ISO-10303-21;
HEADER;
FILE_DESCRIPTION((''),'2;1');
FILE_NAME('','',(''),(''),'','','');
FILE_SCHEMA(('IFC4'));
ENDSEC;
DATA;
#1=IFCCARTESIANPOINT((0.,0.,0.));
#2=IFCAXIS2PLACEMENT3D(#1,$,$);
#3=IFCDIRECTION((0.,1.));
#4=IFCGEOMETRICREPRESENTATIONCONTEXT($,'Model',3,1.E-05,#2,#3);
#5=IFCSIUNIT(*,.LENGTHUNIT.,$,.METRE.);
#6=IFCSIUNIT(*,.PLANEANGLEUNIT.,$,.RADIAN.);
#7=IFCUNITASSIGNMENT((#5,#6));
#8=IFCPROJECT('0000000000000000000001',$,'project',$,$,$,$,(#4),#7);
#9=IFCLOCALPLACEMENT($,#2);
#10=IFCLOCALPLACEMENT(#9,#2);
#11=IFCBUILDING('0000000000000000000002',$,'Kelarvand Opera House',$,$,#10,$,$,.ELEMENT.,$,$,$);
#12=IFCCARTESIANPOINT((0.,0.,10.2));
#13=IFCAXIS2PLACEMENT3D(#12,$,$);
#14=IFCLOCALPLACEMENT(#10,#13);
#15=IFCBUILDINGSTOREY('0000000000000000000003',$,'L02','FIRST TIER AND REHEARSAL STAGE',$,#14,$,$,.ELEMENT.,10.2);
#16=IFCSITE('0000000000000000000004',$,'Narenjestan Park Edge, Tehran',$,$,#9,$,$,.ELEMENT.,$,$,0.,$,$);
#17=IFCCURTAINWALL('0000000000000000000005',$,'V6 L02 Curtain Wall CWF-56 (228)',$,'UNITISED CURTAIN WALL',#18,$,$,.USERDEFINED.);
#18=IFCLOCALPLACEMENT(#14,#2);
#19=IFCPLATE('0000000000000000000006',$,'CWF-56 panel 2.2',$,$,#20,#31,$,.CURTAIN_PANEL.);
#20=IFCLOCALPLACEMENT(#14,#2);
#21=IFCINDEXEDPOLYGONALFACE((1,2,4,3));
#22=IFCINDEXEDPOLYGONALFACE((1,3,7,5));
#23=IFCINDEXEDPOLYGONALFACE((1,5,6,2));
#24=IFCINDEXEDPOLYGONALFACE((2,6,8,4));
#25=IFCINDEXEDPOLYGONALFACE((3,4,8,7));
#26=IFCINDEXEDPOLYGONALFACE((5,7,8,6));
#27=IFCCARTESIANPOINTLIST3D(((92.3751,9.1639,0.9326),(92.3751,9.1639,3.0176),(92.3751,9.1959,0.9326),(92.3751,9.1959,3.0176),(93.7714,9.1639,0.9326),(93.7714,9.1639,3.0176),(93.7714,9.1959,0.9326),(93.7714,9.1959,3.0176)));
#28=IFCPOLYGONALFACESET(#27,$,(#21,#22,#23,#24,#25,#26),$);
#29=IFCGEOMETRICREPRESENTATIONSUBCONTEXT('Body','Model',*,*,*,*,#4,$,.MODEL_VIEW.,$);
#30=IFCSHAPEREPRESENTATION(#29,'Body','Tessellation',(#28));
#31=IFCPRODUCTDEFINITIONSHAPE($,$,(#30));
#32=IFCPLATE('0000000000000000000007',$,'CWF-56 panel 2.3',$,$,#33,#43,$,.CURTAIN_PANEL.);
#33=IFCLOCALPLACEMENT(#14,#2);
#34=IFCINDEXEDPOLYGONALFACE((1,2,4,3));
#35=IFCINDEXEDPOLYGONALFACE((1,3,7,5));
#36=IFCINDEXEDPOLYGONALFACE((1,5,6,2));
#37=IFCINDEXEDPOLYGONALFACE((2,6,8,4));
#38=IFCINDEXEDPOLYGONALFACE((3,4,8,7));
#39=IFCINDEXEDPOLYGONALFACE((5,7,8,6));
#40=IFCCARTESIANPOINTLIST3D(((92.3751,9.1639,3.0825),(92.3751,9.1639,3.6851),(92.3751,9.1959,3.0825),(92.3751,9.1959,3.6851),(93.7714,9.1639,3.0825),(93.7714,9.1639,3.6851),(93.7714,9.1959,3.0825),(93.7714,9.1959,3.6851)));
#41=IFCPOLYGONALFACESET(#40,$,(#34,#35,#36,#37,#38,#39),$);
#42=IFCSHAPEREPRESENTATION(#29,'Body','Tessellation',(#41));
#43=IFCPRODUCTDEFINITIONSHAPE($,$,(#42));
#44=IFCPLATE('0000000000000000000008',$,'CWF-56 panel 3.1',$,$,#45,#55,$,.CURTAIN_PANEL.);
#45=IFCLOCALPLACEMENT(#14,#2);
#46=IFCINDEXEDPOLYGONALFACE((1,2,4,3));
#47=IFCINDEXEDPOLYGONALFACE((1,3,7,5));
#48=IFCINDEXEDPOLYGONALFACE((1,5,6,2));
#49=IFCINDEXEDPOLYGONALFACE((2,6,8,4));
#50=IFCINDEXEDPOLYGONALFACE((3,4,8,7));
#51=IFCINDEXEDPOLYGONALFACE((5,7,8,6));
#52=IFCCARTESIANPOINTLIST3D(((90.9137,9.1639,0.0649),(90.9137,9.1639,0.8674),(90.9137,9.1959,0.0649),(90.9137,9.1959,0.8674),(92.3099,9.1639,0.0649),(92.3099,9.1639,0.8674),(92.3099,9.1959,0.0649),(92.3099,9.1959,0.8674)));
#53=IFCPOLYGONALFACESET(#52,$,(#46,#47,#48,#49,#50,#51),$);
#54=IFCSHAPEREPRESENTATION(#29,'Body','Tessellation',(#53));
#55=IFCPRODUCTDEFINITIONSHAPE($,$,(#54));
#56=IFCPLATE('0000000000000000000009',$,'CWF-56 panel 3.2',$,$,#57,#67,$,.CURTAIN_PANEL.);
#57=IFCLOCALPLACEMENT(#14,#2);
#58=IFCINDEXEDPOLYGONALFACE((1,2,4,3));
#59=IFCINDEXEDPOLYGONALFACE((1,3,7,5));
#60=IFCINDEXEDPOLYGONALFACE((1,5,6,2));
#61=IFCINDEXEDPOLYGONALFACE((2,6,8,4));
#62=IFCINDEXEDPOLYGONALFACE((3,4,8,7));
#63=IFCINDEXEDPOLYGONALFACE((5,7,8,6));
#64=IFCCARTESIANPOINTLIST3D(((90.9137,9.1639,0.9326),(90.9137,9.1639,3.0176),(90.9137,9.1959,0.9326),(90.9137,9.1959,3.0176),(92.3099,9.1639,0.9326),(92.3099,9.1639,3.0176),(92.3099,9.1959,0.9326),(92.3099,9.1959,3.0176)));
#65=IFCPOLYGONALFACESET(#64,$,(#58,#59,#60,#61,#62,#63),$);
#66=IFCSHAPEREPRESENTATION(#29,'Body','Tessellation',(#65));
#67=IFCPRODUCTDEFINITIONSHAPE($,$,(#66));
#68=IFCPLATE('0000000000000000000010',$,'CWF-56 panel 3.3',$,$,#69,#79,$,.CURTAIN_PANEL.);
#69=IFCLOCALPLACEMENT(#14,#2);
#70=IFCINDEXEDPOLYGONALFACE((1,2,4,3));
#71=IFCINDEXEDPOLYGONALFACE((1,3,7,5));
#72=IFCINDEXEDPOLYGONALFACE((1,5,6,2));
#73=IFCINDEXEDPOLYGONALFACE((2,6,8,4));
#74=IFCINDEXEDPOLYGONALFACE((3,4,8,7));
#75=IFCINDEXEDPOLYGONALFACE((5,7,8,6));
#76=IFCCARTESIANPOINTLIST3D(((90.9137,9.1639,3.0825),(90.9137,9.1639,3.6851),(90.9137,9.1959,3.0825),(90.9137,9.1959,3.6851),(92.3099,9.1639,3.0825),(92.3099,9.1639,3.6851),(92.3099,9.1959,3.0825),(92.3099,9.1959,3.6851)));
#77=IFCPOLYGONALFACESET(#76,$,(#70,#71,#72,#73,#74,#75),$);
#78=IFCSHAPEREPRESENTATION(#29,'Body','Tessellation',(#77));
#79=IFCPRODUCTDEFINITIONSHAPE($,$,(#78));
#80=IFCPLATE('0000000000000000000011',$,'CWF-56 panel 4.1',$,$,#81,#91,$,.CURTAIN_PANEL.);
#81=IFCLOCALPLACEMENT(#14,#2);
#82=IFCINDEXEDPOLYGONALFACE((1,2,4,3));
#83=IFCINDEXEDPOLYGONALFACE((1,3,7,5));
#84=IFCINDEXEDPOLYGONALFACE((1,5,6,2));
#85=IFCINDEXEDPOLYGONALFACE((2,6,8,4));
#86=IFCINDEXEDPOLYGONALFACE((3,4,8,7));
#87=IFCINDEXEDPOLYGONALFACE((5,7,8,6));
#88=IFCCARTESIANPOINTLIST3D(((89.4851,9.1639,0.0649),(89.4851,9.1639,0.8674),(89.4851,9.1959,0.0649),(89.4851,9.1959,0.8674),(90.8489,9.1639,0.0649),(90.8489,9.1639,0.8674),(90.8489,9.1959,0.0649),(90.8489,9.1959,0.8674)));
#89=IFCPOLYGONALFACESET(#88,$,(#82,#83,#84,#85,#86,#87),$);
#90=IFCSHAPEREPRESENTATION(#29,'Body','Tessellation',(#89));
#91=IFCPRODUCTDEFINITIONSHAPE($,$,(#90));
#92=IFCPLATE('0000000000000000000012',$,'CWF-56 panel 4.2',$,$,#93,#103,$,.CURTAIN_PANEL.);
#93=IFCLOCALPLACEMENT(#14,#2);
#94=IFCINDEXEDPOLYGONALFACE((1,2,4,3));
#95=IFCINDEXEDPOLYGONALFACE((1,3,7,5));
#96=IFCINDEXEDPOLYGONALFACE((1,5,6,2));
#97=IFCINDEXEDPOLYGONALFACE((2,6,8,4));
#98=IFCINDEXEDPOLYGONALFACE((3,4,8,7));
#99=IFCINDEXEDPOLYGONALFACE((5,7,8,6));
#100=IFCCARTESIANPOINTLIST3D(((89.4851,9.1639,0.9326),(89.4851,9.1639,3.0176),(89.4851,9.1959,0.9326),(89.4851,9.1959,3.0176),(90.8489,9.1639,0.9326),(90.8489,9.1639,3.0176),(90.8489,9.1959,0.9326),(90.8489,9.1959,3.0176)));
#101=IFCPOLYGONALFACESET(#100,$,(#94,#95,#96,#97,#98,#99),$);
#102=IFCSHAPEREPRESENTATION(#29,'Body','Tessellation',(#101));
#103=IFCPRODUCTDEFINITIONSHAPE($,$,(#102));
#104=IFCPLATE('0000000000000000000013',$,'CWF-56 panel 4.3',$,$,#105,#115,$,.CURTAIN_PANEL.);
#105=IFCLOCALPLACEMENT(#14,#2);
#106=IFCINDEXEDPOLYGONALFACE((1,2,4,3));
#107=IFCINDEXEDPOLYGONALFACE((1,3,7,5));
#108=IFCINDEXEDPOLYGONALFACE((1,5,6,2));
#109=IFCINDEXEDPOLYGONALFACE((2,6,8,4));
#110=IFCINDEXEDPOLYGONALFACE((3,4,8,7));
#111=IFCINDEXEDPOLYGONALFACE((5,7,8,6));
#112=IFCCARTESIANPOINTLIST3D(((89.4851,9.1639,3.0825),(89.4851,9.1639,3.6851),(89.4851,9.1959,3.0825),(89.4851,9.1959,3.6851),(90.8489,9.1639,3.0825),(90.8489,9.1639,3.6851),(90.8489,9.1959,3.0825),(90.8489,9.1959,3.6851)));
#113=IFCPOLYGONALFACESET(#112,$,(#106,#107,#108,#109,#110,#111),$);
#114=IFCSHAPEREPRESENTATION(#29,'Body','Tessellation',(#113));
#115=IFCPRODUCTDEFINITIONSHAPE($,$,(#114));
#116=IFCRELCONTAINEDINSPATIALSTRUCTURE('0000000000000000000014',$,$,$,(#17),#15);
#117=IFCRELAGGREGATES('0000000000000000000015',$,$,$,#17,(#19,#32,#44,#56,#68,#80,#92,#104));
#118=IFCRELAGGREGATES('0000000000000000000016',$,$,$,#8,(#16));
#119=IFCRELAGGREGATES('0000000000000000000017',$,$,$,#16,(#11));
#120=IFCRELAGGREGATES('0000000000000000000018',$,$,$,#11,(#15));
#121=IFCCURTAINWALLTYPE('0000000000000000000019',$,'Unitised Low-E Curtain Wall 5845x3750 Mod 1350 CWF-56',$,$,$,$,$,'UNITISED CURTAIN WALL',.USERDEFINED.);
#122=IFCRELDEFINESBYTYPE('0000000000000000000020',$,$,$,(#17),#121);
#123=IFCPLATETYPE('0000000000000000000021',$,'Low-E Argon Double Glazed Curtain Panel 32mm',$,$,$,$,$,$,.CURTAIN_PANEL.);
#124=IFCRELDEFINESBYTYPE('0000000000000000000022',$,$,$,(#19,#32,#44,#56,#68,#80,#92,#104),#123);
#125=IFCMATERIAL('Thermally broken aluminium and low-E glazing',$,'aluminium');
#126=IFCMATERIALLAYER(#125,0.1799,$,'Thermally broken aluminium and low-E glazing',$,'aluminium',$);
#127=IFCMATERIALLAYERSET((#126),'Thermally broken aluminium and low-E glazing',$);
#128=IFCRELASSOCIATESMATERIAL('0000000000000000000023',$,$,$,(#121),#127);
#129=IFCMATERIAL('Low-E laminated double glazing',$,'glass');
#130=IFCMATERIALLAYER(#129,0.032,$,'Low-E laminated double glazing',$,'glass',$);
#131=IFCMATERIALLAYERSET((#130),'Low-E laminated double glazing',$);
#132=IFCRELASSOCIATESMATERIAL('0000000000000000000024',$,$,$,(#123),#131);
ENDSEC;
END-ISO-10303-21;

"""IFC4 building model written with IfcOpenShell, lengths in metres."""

from ifc_helpers import new_model, si_unit, direction, frame, origin, origin_2d, place, context, subcontext, project, spatial, rectangle, extrude, material, layer, layer_set, type_object, element, aggregate, save


model = new_model("IFC4")

# Units and contexts
model_context = context("Model", 3, precision=1e-05, world=origin(), true_north=direction((0.0, 1.0)))
body_context = subcontext(model_context, "Body", "Model", "MODEL_VIEW")
ifc_project = project(units=[si_unit("LENGTHUNIT", "METRE"), si_unit("PLANEANGLEUNIT", "RADIAN")], contexts=[model_context])

# Site, building, storey
site_placement = place(None, origin())
site = spatial("IfcSite", under=ifc_project, at=site_placement, Name="Narenjestan Park Edge, Tehran", CompositionType="ELEMENT", RefElevation=0.0)
building_placement = place(site_placement, origin())
building = spatial("IfcBuilding", under=site, at=building_placement, Name="Kelarvand Opera House", CompositionType="ELEMENT")
storey_placement = place(building_placement, frame((0.0, 0.0, 10.2)))
storey = spatial("IfcBuildingStorey", under=building, at=storey_placement, Name="L02", Description="FIRST TIER AND REHEARSAL STAGE", CompositionType="ELEMENT", Elevation=10.2)

# Curtain wall
ifc_material_1 = material(Name="Thermally broken aluminium and low-E glazing", Category="aluminium")
ifc_layer_1 = layer(ifc_material_1, 0.1799, Name="Thermally broken aluminium and low-E glazing", Category="aluminium")
ifc_layer_set_1 = layer_set([ifc_layer_1], Name="Thermally broken aluminium and low-E glazing")
curtain_wall_type = type_object("IfcCurtainWallType", Name="Unitised Low-E Curtain Wall 5845x3750 Mod 1350 CWF-56", ElementType="UNITISED CURTAIN WALL", PredefinedType="USERDEFINED", material=ifc_layer_set_1)
curtain_wall_placement = place(storey_placement, origin())
curtain_wall = element("IfcCurtainWall", 1, at=curtain_wall_placement, inside=storey, type_object=curtain_wall_type, Name="V6 L02 Curtain Wall CWF-56 (228)", ObjectType="UNITISED CURTAIN WALL", PredefinedType="USERDEFINED")

# Plates
ifc_material_2 = material(Name="Low-E laminated double glazing", Category="glass")
ifc_layer_2 = layer(ifc_material_2, 0.032, Name="Low-E laminated double glazing", Category="glass")
ifc_layer_set_2 = layer_set([ifc_layer_2], Name="Low-E laminated double glazing")
plate_type = type_object("IfcPlateType", Name="Low-E Argon Double Glazed Curtain Panel 32mm", PredefinedType="CURTAIN_PANEL", material=ifc_layer_set_2)
plate_1_placement = place(storey_placement, frame((93.0732, 9.1799, 0.9326), z_axis=(0.0, 0.0, 1.0), x_axis=(-1.0, 0.0, 0.0)))
plate_1 = element("IfcPlate", 2, at=plate_1_placement, type_object=plate_type, Name="CWF-56 panel 2.2", PredefinedType="CURTAIN_PANEL", context=body_context, shape_type="SweptSolid", body=[
    extrude(rectangle(XDim=1.3962, YDim=0.032, at=origin_2d()), origin(), (0.0, 0.0, 1.0), 2.085),
])
plate_2_placement = place(storey_placement, frame((93.0732, 9.1799, 3.0825), z_axis=(0.0, 0.0, 1.0), x_axis=(-1.0, 0.0, 0.0)))
plate_2 = element("IfcPlate", 3, at=plate_2_placement, type_object=plate_type, Name="CWF-56 panel 2.3", PredefinedType="CURTAIN_PANEL", context=body_context, shape_type="SweptSolid", body=[
    extrude(rectangle(XDim=1.3962, YDim=0.032, at=origin_2d()), origin(), (0.0, 0.0, 1.0), 0.6025),
])
plate_3_placement = place(storey_placement, frame((91.6118, 9.1799, 0.0649), z_axis=(0.0, 0.0, 1.0), x_axis=(-1.0, 0.0, 0.0)))
plate_3 = element("IfcPlate", 4, at=plate_3_placement, type_object=plate_type, Name="CWF-56 panel 3.1", PredefinedType="CURTAIN_PANEL", context=body_context, shape_type="SweptSolid", body=[
    extrude(rectangle(XDim=1.3962, YDim=0.032, at=origin_2d()), origin(), (0.0, 0.0, 1.0), 0.8025),
])
plate_4_placement = place(storey_placement, frame((91.6118, 9.1799, 0.9326), z_axis=(0.0, 0.0, 1.0), x_axis=(-1.0, 0.0, 0.0)))
plate_4 = element("IfcPlate", 5, at=plate_4_placement, type_object=plate_type, Name="CWF-56 panel 3.2", PredefinedType="CURTAIN_PANEL", context=body_context, shape_type="SweptSolid", body=[
    extrude(rectangle(XDim=1.3962, YDim=0.032, at=origin_2d()), origin(), (0.0, 0.0, 1.0), 2.085),
])
plate_5_placement = place(storey_placement, frame((91.6118, 9.1799, 3.0825), z_axis=(0.0, 0.0, 1.0), x_axis=(-1.0, 0.0, 0.0)))
plate_5 = element("IfcPlate", 6, at=plate_5_placement, type_object=plate_type, Name="CWF-56 panel 3.3", PredefinedType="CURTAIN_PANEL", context=body_context, shape_type="SweptSolid", body=[
    extrude(rectangle(XDim=1.3962, YDim=0.032, at=origin_2d()), origin(), (0.0, 0.0, 1.0), 0.6025),
])
plate_6_placement = place(storey_placement, frame((90.167, 9.1799, 0.0649), z_axis=(0.0, 0.0, 1.0), x_axis=(-1.0, 0.0, 0.0)))
plate_6 = element("IfcPlate", 7, at=plate_6_placement, type_object=plate_type, Name="CWF-56 panel 4.1", PredefinedType="CURTAIN_PANEL", context=body_context, shape_type="SweptSolid", body=[
    extrude(rectangle(XDim=1.3638, YDim=0.032, at=origin_2d()), origin(), (0.0, 0.0, 1.0), 0.8025),
])
plate_7_placement = place(storey_placement, frame((90.167, 9.1799, 0.9326), z_axis=(0.0, 0.0, 1.0), x_axis=(-1.0, 0.0, 0.0)))
plate_7 = element("IfcPlate", 8, at=plate_7_placement, type_object=plate_type, Name="CWF-56 panel 4.2", PredefinedType="CURTAIN_PANEL", context=body_context, shape_type="SweptSolid", body=[
    extrude(rectangle(XDim=1.3638, YDim=0.032, at=origin_2d()), origin(), (0.0, 0.0, 1.0), 2.085),
])
plate_8_placement = place(storey_placement, frame((90.167, 9.1799, 3.0825), z_axis=(0.0, 0.0, 1.0), x_axis=(-1.0, 0.0, 0.0)))
plate_8 = element("IfcPlate", 9, at=plate_8_placement, type_object=plate_type, Name="CWF-56 panel 4.3", PredefinedType="CURTAIN_PANEL", context=body_context, shape_type="SweptSolid", body=[
    extrude(rectangle(XDim=1.3638, YDim=0.032, at=origin_2d()), origin(), (0.0, 0.0, 1.0), 0.6025),
])
aggregate(curtain_wall, [plate_1, plate_2, plate_3, plate_4, plate_5, plate_6, plate_7, plate_8])

save(model, "model.ifc")
